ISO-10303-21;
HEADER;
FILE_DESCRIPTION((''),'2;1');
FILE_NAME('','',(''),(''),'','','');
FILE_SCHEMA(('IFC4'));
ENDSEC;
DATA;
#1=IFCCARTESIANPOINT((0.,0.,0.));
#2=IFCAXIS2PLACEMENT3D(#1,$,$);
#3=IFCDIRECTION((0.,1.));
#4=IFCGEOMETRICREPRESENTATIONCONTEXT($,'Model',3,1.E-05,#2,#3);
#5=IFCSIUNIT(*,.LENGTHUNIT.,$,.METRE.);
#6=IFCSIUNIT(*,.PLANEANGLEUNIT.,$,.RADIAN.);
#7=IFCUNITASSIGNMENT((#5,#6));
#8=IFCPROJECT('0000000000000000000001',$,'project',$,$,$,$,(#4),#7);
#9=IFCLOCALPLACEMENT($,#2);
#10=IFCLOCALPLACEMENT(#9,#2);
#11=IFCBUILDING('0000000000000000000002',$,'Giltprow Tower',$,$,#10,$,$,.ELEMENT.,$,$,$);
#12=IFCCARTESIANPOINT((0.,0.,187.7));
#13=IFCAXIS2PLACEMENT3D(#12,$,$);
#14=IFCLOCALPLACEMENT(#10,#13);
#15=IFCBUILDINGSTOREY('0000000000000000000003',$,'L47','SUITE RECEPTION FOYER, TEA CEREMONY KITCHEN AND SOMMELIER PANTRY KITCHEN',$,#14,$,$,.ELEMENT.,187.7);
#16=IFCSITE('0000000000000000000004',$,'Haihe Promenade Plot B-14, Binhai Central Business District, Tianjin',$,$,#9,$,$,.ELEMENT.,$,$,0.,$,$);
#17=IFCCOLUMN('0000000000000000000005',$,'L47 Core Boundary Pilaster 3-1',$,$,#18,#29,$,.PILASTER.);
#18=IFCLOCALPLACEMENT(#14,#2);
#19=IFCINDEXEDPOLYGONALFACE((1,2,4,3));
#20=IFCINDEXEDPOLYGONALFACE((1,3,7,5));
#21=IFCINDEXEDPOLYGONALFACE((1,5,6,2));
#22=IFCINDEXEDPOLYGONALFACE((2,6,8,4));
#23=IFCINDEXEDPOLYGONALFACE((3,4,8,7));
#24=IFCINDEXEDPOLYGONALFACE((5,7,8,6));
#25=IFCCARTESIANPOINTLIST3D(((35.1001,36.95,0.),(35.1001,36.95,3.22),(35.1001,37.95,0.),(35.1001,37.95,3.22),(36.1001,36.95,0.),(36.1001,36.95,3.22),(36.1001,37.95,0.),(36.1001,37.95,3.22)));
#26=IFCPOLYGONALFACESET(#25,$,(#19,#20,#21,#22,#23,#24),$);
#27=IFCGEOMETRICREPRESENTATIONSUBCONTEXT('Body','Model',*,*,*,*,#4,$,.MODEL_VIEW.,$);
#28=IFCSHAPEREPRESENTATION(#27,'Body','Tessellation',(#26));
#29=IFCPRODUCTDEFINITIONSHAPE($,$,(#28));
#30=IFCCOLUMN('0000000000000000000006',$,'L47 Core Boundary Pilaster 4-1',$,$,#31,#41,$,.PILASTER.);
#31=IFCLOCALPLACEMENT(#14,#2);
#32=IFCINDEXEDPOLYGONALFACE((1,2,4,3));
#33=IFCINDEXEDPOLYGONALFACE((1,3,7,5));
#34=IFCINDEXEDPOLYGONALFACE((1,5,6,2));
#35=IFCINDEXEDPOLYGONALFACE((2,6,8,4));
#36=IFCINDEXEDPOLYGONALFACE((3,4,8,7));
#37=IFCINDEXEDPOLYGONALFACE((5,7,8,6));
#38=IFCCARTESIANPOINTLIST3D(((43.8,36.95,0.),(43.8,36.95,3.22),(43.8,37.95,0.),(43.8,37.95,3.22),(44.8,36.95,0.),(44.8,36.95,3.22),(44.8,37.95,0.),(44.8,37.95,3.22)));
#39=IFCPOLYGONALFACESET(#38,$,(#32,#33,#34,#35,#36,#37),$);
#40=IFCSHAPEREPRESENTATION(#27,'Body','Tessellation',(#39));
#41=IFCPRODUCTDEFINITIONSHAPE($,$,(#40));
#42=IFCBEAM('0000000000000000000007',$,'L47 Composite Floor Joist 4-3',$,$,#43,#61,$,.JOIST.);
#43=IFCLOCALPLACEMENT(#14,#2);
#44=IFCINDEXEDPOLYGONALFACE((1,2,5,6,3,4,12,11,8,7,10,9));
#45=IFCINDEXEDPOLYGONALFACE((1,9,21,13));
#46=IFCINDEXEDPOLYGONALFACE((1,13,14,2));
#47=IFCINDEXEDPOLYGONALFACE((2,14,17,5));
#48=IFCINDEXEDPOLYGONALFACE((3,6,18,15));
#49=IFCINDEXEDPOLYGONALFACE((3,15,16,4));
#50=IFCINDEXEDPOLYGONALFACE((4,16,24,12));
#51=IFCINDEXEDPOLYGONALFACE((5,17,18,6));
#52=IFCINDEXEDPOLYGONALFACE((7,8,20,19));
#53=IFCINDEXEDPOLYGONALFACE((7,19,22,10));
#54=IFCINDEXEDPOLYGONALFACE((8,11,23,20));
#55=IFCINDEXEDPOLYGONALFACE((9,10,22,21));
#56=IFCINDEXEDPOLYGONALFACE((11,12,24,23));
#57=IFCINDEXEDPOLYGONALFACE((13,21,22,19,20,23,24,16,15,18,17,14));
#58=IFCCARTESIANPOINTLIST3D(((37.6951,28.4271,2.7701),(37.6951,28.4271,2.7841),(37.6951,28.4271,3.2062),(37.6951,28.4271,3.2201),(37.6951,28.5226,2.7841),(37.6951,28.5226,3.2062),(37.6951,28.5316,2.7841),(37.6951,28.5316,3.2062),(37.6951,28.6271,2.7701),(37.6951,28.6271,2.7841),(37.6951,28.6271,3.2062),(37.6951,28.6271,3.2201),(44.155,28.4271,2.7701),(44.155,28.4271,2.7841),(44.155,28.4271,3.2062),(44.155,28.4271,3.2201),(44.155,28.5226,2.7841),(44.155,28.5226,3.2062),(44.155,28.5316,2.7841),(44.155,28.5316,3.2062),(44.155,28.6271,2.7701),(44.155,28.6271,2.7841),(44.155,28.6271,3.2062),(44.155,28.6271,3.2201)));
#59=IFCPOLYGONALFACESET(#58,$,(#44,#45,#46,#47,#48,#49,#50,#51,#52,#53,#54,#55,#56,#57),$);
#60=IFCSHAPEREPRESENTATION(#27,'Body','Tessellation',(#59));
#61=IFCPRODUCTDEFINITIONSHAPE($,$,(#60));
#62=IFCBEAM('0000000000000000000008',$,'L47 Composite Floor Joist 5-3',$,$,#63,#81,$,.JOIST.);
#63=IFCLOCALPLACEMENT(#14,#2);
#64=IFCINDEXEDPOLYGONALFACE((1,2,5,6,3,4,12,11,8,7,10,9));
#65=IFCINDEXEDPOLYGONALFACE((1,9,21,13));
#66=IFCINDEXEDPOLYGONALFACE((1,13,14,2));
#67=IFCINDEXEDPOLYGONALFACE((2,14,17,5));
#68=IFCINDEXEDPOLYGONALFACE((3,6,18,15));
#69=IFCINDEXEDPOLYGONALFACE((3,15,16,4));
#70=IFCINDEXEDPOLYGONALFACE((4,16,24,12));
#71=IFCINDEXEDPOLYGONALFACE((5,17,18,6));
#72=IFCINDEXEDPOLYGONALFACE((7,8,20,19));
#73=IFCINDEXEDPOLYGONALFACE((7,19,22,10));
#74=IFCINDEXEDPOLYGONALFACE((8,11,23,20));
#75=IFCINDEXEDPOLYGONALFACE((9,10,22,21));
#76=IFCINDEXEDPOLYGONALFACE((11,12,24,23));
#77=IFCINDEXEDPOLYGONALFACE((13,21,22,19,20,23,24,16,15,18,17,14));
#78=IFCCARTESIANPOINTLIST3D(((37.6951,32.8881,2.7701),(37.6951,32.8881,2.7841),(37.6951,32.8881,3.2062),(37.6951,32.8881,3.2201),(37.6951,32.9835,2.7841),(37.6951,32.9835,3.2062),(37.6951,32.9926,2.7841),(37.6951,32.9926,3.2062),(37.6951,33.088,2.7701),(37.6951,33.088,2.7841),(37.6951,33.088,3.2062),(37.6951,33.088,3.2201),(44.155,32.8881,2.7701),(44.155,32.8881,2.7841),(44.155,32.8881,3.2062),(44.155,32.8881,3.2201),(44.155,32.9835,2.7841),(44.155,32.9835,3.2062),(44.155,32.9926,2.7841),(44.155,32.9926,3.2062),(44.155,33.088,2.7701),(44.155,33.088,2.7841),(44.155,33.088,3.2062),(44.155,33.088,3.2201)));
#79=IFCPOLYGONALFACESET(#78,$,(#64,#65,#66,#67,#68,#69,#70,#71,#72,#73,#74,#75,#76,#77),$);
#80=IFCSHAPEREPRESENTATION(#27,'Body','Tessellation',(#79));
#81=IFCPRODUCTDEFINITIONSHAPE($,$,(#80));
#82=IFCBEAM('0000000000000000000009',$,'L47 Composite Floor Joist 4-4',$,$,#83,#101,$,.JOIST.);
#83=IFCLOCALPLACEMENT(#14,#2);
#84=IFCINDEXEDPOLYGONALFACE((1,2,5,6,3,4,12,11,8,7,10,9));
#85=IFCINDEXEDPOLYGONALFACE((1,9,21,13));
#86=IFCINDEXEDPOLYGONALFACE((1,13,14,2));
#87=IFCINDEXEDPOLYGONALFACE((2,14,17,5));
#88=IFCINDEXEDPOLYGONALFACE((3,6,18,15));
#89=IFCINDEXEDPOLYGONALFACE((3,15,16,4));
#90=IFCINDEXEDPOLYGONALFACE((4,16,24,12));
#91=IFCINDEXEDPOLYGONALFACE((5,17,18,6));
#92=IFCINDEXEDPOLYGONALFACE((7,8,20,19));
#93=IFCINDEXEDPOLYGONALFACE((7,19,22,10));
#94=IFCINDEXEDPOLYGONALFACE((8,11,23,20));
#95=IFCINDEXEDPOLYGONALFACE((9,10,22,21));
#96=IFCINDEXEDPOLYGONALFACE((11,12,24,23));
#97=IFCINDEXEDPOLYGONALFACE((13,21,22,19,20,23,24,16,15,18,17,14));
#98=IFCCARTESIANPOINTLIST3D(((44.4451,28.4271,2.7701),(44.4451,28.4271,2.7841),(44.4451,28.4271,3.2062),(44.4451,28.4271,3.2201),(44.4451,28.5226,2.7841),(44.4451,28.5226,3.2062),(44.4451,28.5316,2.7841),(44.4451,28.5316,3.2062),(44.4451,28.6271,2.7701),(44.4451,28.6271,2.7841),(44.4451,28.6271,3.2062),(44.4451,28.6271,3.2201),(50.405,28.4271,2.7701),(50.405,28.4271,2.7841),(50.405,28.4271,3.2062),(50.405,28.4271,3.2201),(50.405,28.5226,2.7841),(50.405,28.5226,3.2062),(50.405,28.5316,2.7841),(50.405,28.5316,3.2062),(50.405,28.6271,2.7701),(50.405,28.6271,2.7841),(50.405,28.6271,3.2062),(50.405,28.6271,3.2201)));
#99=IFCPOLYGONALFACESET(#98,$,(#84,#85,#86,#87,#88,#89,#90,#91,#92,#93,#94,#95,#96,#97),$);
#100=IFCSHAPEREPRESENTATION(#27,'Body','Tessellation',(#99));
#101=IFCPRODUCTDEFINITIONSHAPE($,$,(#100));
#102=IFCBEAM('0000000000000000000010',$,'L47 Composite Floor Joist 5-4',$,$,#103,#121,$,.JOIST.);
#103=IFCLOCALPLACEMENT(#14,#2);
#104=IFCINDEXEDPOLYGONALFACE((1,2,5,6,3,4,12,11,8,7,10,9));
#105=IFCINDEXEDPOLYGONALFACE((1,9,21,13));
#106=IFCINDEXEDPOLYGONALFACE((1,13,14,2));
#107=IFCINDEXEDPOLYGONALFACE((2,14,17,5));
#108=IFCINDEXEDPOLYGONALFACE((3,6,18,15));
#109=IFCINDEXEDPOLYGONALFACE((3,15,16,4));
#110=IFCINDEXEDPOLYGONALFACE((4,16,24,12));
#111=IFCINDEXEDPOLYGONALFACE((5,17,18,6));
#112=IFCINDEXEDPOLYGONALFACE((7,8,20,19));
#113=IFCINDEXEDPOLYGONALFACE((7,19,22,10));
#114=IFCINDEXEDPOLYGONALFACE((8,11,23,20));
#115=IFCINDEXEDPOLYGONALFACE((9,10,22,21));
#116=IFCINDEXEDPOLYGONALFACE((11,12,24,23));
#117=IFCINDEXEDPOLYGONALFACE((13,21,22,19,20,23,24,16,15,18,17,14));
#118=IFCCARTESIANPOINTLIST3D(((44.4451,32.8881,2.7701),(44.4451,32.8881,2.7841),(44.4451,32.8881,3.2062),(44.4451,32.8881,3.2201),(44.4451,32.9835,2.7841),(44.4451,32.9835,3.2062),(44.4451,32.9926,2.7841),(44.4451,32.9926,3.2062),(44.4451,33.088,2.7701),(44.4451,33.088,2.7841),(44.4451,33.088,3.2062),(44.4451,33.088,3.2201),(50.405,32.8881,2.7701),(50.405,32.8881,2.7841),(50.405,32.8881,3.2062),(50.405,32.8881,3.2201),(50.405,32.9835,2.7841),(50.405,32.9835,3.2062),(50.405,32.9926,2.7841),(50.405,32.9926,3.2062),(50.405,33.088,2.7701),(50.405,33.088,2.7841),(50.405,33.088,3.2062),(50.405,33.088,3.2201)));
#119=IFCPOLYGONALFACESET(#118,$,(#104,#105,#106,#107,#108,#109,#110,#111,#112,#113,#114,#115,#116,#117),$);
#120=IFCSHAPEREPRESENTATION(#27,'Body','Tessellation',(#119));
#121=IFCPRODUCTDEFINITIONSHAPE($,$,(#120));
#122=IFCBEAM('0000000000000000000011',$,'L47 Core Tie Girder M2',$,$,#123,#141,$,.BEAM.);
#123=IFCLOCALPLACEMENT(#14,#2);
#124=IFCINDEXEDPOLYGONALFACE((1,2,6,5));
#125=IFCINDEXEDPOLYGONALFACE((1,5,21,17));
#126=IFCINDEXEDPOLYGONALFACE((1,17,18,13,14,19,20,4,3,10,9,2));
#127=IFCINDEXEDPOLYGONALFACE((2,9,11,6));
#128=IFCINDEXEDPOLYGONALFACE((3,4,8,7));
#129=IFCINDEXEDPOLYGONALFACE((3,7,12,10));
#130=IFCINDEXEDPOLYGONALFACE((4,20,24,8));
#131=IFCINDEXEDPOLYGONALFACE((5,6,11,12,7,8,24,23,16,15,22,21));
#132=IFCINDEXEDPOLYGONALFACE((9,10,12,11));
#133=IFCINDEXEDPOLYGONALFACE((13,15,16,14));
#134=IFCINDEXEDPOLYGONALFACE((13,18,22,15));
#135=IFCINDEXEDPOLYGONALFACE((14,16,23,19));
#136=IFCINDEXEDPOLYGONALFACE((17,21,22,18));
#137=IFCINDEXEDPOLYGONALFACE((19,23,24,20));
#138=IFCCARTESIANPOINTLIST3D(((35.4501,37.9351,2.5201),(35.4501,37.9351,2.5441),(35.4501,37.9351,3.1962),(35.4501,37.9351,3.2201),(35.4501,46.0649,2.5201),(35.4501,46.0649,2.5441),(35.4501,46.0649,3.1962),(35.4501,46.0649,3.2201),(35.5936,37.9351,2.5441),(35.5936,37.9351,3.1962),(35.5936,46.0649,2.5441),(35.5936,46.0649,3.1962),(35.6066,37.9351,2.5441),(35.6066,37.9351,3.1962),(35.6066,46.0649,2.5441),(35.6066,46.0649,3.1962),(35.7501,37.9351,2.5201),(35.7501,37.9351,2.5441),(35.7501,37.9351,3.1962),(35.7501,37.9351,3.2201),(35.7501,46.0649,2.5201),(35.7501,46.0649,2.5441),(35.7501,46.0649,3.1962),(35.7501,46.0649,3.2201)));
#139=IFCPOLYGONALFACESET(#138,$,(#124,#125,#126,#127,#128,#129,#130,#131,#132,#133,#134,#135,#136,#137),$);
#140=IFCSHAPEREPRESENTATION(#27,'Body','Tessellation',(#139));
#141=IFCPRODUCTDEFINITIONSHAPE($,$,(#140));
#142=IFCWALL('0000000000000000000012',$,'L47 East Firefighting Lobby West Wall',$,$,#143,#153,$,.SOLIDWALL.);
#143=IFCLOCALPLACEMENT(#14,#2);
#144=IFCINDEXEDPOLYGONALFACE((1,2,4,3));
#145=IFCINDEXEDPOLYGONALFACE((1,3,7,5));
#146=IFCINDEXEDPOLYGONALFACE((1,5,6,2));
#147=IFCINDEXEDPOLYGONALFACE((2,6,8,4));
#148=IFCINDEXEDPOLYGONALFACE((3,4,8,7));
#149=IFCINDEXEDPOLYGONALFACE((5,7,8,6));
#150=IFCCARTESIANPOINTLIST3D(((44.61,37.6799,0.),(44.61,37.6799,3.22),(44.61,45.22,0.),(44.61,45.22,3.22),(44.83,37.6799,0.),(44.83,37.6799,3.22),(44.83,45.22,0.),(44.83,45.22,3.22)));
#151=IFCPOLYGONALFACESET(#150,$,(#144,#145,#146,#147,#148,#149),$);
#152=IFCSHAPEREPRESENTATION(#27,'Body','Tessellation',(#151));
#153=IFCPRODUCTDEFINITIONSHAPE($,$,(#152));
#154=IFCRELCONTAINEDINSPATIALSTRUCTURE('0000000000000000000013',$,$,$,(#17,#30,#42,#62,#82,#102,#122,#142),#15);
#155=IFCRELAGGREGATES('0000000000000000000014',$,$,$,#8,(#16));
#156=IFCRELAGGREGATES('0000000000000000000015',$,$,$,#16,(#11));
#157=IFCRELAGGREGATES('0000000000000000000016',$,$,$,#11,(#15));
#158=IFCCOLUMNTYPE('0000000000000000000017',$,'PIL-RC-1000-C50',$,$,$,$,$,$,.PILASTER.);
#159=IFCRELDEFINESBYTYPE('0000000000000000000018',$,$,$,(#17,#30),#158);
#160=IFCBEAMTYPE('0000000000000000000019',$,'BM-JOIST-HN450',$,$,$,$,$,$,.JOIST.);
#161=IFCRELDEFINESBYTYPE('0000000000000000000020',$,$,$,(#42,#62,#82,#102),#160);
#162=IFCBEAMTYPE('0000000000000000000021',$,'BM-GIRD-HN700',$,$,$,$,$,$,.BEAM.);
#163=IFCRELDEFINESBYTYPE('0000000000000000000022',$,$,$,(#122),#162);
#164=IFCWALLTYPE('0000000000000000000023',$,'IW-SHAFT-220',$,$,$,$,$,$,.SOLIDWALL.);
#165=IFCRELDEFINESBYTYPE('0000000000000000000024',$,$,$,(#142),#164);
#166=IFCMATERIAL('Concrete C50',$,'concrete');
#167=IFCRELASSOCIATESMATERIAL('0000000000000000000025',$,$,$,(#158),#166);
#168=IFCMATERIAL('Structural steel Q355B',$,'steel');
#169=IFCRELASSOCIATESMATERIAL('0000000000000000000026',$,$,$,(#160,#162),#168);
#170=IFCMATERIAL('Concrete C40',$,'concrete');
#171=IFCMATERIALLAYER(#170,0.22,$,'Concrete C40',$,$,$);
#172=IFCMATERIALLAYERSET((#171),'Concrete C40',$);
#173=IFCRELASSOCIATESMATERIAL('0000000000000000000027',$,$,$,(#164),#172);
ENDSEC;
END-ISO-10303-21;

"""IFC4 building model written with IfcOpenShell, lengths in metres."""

from ifc_helpers import new_model, si_unit, direction, frame, frame_2d, origin, origin_2d, place, context, subcontext, project, spatial, rectangle, i_section, extrude, source, transform, mapped, material, layer, layer_set, material_profile, profile_set, type_object, element, save


model = new_model("IFC4")

# Units and contexts
model_context = context("Model", 3, precision=1e-05, world=origin(), true_north=direction((0.0, 1.0)))
body_context = subcontext(model_context, "Body", "Model", "MODEL_VIEW")
ifc_project = project(units=[si_unit("LENGTHUNIT", "METRE"), si_unit("PLANEANGLEUNIT", "RADIAN")], contexts=[model_context])

# Site, building, storey
site_placement = place(None, origin())
site = spatial("IfcSite", under=ifc_project, at=site_placement, Name="Haihe Promenade Plot B-14, Binhai Central Business District, Tianjin", CompositionType="ELEMENT", RefElevation=0.0)
building_placement = place(site_placement, origin())
building = spatial("IfcBuilding", under=site, at=building_placement, Name="Giltprow Tower", CompositionType="ELEMENT")
storey_placement = place(building_placement, frame((0.0, 0.0, 187.7)))
storey = spatial("IfcBuildingStorey", under=building, at=storey_placement, Name="L47", Description="SUITE RECEPTION FOYER, TEA CEREMONY KITCHEN AND SOMMELIER PANTRY KITCHEN", CompositionType="ELEMENT", Elevation=187.7)

# Columns
ifc_material_1 = material(Name="Concrete C50", Category="concrete")
ifc_material_profile_1 = material_profile(ifc_material_1, rectangle(XDim=1.0, YDim=1.0, at=origin_2d()), Name="RC 1000x1000")
ifc_profile_set_1 = profile_set([ifc_material_profile_1], Name="Concrete C50")
column_type = type_object("IfcColumnType", Name="PIL-RC-1000-C50", PredefinedType="PILASTER", material=ifc_profile_set_1)
shared_shape_1 = source(origin(), body_context, "Body", "SweptSolid", [
    extrude(rectangle(XDim=1.0, YDim=1.0, at=origin_2d()), origin(), (0.0, 0.0, 1.0), 3.22),
])
for number, where, z_axis, x_axis, name in (
    (1, (35.6001, 37.45, 0.0), (0.0, 0.0, 1.0), (1.0, 0.0, 0.0), "L47 Core Boundary Pilaster 3-1"),
    (2, (44.3, 37.45, 0.0), (0.0, 0.0, 1.0), (1.0, 0.0, 0.0), "L47 Core Boundary Pilaster 4-1"),
):
    element("IfcColumn", number, at=place(storey_placement, frame(where, z_axis=z_axis, x_axis=x_axis)), inside=storey, type_object=column_type, Name=name, PredefinedType="PILASTER", context=body_context, shape_type="MappedRepresentation", body=[
        mapped(shared_shape_1, transform((0.0, 0.0, 0.0), x_axis=(1.0, 0.0, 0.0), y_axis=(0.0, 1.0, 0.0), z_axis=(0.0, 0.0, 1.0), scale=1.0)),
    ])

# Beams
ifc_material_2 = material(Name="Structural steel Q355B", Category="steel")
ifc_material_profile_2 = material_profile(ifc_material_2, i_section(OverallWidth=0.2, OverallDepth=0.45, WebThickness=0.009, FlangeThickness=0.0139, at=origin_2d()), Name="HN 450x200x9x14")
ifc_profile_set_2 = profile_set([ifc_material_profile_2], Name="Structural steel Q355B")
beam_type_1 = type_object("IfcBeamType", Name="BM-JOIST-HN450", PredefinedType="JOIST", material=ifc_profile_set_2)
shared_shape_2 = source(origin(), body_context, "Body", "SweptSolid", [
    extrude(i_section(OverallWidth=0.2, OverallDepth=0.45, WebThickness=0.009, FlangeThickness=0.0139, at=origin_2d()), origin(), (0.0, 0.0, 1.0), 6.46),
])
for number, where, z_axis, x_axis, name in (
    (3, (37.6951, 28.5271, 2.9951), (1.0, 0.0, 0.0), (0.0, 1.0, 0.0), "L47 Composite Floor Joist 4-3"),
    (4, (37.6951, 32.988, 2.9951), (1.0, 0.0, 0.0), (0.0, 1.0, 0.0), "L47 Composite Floor Joist 5-3"),
):
    element("IfcBeam", number, at=place(storey_placement, frame(where, z_axis=z_axis, x_axis=x_axis)), inside=storey, type_object=beam_type_1, Name=name, PredefinedType="JOIST", context=body_context, shape_type="MappedRepresentation", body=[
        mapped(shared_shape_2, transform((0.0, 0.0, 0.0), x_axis=(1.0, 0.0, 0.0), y_axis=(0.0, 1.0, 0.0), z_axis=(0.0, 0.0, 1.0), scale=1.0)),
    ])
shared_shape_3 = source(origin(), body_context, "Body", "SweptSolid", [
    extrude(i_section(OverallWidth=0.2, OverallDepth=0.45, WebThickness=0.009, FlangeThickness=0.0139, at=origin_2d()), origin(), (0.0, 0.0, 1.0), 5.96),
])
for number, where, z_axis, x_axis, name in (
    (5, (44.4451, 28.5271, 2.9951), (1.0, 0.0, 0.0), (0.0, 1.0, 0.0), "L47 Composite Floor Joist 4-4"),
    (6, (44.4451, 32.988, 2.9951), (1.0, 0.0, 0.0), (0.0, 1.0, 0.0), "L47 Composite Floor Joist 5-4"),
):
    element("IfcBeam", number, at=place(storey_placement, frame(where, z_axis=z_axis, x_axis=x_axis)), inside=storey, type_object=beam_type_1, Name=name, PredefinedType="JOIST", context=body_context, shape_type="MappedRepresentation", body=[
        mapped(shared_shape_3, transform((0.0, 0.0, 0.0), x_axis=(1.0, 0.0, 0.0), y_axis=(0.0, 1.0, 0.0), z_axis=(0.0, 0.0, 1.0), scale=1.0)),
    ])
ifc_material_profile_3 = material_profile(ifc_material_2, i_section(OverallWidth=0.3, OverallDepth=0.7, WebThickness=0.0129, FlangeThickness=0.0239, at=origin_2d()), Name="HN 700x300x13x24")
ifc_profile_set_3 = profile_set([ifc_material_profile_3], Name="Structural steel Q355B")
beam_type_2 = type_object("IfcBeamType", Name="BM-GIRD-HN700", PredefinedType="BEAM", material=ifc_profile_set_3)
shared_shape_4 = source(origin(), body_context, "Body", "SweptSolid", [
    extrude(i_section(OverallWidth=0.3, OverallDepth=0.7, WebThickness=0.0129, FlangeThickness=0.0239, at=origin_2d()), origin(), (0.0, 0.0, 1.0), 8.1299),
])
beam_placement = place(storey_placement, frame((35.6001, 37.9351, 2.8701), z_axis=(0.0, 1.0, 0.0), x_axis=(-1.0, 0.0, 0.0)))
element("IfcBeam", 7, at=beam_placement, inside=storey, type_object=beam_type_2, Name="L47 Core Tie Girder M2", PredefinedType="BEAM", context=body_context, shape_type="MappedRepresentation", body=[
    mapped(shared_shape_4, transform((0.0, 0.0, 0.0), x_axis=(1.0, 0.0, 0.0), y_axis=(0.0, 1.0, 0.0), z_axis=(0.0, 0.0, 1.0), scale=1.0)),
])

# Wall
ifc_material_3 = material(Name="Concrete C40", Category="concrete")
ifc_layer_1 = layer(ifc_material_3, 0.22, Name="Concrete C40")
ifc_layer_set_1 = layer_set([ifc_layer_1], Name="Concrete C40")
wall_type_1 = type_object("IfcWallType", Name="IW-SHAFT-220", PredefinedType="SOLIDWALL", material=ifc_layer_set_1)
wall_1_placement = place(storey_placement, frame((44.72, 37.6799, 0.0), z_axis=(0.0, 0.0, 1.0), x_axis=(0.0, 1.0, 0.0)))
element("IfcWall", 8, at=wall_1_placement, inside=storey, type_object=wall_type_1, Name="L47 East Firefighting Lobby West Wall", PredefinedType="SOLIDWALL", context=body_context, shape_type="SweptSolid", body=[
    extrude(rectangle(XDim=7.54, YDim=0.22, at=frame_2d((3.77, 0.0))), origin(), (0.0, 0.0, 1.0), 3.22),
])

save(model, "model.ifc")
